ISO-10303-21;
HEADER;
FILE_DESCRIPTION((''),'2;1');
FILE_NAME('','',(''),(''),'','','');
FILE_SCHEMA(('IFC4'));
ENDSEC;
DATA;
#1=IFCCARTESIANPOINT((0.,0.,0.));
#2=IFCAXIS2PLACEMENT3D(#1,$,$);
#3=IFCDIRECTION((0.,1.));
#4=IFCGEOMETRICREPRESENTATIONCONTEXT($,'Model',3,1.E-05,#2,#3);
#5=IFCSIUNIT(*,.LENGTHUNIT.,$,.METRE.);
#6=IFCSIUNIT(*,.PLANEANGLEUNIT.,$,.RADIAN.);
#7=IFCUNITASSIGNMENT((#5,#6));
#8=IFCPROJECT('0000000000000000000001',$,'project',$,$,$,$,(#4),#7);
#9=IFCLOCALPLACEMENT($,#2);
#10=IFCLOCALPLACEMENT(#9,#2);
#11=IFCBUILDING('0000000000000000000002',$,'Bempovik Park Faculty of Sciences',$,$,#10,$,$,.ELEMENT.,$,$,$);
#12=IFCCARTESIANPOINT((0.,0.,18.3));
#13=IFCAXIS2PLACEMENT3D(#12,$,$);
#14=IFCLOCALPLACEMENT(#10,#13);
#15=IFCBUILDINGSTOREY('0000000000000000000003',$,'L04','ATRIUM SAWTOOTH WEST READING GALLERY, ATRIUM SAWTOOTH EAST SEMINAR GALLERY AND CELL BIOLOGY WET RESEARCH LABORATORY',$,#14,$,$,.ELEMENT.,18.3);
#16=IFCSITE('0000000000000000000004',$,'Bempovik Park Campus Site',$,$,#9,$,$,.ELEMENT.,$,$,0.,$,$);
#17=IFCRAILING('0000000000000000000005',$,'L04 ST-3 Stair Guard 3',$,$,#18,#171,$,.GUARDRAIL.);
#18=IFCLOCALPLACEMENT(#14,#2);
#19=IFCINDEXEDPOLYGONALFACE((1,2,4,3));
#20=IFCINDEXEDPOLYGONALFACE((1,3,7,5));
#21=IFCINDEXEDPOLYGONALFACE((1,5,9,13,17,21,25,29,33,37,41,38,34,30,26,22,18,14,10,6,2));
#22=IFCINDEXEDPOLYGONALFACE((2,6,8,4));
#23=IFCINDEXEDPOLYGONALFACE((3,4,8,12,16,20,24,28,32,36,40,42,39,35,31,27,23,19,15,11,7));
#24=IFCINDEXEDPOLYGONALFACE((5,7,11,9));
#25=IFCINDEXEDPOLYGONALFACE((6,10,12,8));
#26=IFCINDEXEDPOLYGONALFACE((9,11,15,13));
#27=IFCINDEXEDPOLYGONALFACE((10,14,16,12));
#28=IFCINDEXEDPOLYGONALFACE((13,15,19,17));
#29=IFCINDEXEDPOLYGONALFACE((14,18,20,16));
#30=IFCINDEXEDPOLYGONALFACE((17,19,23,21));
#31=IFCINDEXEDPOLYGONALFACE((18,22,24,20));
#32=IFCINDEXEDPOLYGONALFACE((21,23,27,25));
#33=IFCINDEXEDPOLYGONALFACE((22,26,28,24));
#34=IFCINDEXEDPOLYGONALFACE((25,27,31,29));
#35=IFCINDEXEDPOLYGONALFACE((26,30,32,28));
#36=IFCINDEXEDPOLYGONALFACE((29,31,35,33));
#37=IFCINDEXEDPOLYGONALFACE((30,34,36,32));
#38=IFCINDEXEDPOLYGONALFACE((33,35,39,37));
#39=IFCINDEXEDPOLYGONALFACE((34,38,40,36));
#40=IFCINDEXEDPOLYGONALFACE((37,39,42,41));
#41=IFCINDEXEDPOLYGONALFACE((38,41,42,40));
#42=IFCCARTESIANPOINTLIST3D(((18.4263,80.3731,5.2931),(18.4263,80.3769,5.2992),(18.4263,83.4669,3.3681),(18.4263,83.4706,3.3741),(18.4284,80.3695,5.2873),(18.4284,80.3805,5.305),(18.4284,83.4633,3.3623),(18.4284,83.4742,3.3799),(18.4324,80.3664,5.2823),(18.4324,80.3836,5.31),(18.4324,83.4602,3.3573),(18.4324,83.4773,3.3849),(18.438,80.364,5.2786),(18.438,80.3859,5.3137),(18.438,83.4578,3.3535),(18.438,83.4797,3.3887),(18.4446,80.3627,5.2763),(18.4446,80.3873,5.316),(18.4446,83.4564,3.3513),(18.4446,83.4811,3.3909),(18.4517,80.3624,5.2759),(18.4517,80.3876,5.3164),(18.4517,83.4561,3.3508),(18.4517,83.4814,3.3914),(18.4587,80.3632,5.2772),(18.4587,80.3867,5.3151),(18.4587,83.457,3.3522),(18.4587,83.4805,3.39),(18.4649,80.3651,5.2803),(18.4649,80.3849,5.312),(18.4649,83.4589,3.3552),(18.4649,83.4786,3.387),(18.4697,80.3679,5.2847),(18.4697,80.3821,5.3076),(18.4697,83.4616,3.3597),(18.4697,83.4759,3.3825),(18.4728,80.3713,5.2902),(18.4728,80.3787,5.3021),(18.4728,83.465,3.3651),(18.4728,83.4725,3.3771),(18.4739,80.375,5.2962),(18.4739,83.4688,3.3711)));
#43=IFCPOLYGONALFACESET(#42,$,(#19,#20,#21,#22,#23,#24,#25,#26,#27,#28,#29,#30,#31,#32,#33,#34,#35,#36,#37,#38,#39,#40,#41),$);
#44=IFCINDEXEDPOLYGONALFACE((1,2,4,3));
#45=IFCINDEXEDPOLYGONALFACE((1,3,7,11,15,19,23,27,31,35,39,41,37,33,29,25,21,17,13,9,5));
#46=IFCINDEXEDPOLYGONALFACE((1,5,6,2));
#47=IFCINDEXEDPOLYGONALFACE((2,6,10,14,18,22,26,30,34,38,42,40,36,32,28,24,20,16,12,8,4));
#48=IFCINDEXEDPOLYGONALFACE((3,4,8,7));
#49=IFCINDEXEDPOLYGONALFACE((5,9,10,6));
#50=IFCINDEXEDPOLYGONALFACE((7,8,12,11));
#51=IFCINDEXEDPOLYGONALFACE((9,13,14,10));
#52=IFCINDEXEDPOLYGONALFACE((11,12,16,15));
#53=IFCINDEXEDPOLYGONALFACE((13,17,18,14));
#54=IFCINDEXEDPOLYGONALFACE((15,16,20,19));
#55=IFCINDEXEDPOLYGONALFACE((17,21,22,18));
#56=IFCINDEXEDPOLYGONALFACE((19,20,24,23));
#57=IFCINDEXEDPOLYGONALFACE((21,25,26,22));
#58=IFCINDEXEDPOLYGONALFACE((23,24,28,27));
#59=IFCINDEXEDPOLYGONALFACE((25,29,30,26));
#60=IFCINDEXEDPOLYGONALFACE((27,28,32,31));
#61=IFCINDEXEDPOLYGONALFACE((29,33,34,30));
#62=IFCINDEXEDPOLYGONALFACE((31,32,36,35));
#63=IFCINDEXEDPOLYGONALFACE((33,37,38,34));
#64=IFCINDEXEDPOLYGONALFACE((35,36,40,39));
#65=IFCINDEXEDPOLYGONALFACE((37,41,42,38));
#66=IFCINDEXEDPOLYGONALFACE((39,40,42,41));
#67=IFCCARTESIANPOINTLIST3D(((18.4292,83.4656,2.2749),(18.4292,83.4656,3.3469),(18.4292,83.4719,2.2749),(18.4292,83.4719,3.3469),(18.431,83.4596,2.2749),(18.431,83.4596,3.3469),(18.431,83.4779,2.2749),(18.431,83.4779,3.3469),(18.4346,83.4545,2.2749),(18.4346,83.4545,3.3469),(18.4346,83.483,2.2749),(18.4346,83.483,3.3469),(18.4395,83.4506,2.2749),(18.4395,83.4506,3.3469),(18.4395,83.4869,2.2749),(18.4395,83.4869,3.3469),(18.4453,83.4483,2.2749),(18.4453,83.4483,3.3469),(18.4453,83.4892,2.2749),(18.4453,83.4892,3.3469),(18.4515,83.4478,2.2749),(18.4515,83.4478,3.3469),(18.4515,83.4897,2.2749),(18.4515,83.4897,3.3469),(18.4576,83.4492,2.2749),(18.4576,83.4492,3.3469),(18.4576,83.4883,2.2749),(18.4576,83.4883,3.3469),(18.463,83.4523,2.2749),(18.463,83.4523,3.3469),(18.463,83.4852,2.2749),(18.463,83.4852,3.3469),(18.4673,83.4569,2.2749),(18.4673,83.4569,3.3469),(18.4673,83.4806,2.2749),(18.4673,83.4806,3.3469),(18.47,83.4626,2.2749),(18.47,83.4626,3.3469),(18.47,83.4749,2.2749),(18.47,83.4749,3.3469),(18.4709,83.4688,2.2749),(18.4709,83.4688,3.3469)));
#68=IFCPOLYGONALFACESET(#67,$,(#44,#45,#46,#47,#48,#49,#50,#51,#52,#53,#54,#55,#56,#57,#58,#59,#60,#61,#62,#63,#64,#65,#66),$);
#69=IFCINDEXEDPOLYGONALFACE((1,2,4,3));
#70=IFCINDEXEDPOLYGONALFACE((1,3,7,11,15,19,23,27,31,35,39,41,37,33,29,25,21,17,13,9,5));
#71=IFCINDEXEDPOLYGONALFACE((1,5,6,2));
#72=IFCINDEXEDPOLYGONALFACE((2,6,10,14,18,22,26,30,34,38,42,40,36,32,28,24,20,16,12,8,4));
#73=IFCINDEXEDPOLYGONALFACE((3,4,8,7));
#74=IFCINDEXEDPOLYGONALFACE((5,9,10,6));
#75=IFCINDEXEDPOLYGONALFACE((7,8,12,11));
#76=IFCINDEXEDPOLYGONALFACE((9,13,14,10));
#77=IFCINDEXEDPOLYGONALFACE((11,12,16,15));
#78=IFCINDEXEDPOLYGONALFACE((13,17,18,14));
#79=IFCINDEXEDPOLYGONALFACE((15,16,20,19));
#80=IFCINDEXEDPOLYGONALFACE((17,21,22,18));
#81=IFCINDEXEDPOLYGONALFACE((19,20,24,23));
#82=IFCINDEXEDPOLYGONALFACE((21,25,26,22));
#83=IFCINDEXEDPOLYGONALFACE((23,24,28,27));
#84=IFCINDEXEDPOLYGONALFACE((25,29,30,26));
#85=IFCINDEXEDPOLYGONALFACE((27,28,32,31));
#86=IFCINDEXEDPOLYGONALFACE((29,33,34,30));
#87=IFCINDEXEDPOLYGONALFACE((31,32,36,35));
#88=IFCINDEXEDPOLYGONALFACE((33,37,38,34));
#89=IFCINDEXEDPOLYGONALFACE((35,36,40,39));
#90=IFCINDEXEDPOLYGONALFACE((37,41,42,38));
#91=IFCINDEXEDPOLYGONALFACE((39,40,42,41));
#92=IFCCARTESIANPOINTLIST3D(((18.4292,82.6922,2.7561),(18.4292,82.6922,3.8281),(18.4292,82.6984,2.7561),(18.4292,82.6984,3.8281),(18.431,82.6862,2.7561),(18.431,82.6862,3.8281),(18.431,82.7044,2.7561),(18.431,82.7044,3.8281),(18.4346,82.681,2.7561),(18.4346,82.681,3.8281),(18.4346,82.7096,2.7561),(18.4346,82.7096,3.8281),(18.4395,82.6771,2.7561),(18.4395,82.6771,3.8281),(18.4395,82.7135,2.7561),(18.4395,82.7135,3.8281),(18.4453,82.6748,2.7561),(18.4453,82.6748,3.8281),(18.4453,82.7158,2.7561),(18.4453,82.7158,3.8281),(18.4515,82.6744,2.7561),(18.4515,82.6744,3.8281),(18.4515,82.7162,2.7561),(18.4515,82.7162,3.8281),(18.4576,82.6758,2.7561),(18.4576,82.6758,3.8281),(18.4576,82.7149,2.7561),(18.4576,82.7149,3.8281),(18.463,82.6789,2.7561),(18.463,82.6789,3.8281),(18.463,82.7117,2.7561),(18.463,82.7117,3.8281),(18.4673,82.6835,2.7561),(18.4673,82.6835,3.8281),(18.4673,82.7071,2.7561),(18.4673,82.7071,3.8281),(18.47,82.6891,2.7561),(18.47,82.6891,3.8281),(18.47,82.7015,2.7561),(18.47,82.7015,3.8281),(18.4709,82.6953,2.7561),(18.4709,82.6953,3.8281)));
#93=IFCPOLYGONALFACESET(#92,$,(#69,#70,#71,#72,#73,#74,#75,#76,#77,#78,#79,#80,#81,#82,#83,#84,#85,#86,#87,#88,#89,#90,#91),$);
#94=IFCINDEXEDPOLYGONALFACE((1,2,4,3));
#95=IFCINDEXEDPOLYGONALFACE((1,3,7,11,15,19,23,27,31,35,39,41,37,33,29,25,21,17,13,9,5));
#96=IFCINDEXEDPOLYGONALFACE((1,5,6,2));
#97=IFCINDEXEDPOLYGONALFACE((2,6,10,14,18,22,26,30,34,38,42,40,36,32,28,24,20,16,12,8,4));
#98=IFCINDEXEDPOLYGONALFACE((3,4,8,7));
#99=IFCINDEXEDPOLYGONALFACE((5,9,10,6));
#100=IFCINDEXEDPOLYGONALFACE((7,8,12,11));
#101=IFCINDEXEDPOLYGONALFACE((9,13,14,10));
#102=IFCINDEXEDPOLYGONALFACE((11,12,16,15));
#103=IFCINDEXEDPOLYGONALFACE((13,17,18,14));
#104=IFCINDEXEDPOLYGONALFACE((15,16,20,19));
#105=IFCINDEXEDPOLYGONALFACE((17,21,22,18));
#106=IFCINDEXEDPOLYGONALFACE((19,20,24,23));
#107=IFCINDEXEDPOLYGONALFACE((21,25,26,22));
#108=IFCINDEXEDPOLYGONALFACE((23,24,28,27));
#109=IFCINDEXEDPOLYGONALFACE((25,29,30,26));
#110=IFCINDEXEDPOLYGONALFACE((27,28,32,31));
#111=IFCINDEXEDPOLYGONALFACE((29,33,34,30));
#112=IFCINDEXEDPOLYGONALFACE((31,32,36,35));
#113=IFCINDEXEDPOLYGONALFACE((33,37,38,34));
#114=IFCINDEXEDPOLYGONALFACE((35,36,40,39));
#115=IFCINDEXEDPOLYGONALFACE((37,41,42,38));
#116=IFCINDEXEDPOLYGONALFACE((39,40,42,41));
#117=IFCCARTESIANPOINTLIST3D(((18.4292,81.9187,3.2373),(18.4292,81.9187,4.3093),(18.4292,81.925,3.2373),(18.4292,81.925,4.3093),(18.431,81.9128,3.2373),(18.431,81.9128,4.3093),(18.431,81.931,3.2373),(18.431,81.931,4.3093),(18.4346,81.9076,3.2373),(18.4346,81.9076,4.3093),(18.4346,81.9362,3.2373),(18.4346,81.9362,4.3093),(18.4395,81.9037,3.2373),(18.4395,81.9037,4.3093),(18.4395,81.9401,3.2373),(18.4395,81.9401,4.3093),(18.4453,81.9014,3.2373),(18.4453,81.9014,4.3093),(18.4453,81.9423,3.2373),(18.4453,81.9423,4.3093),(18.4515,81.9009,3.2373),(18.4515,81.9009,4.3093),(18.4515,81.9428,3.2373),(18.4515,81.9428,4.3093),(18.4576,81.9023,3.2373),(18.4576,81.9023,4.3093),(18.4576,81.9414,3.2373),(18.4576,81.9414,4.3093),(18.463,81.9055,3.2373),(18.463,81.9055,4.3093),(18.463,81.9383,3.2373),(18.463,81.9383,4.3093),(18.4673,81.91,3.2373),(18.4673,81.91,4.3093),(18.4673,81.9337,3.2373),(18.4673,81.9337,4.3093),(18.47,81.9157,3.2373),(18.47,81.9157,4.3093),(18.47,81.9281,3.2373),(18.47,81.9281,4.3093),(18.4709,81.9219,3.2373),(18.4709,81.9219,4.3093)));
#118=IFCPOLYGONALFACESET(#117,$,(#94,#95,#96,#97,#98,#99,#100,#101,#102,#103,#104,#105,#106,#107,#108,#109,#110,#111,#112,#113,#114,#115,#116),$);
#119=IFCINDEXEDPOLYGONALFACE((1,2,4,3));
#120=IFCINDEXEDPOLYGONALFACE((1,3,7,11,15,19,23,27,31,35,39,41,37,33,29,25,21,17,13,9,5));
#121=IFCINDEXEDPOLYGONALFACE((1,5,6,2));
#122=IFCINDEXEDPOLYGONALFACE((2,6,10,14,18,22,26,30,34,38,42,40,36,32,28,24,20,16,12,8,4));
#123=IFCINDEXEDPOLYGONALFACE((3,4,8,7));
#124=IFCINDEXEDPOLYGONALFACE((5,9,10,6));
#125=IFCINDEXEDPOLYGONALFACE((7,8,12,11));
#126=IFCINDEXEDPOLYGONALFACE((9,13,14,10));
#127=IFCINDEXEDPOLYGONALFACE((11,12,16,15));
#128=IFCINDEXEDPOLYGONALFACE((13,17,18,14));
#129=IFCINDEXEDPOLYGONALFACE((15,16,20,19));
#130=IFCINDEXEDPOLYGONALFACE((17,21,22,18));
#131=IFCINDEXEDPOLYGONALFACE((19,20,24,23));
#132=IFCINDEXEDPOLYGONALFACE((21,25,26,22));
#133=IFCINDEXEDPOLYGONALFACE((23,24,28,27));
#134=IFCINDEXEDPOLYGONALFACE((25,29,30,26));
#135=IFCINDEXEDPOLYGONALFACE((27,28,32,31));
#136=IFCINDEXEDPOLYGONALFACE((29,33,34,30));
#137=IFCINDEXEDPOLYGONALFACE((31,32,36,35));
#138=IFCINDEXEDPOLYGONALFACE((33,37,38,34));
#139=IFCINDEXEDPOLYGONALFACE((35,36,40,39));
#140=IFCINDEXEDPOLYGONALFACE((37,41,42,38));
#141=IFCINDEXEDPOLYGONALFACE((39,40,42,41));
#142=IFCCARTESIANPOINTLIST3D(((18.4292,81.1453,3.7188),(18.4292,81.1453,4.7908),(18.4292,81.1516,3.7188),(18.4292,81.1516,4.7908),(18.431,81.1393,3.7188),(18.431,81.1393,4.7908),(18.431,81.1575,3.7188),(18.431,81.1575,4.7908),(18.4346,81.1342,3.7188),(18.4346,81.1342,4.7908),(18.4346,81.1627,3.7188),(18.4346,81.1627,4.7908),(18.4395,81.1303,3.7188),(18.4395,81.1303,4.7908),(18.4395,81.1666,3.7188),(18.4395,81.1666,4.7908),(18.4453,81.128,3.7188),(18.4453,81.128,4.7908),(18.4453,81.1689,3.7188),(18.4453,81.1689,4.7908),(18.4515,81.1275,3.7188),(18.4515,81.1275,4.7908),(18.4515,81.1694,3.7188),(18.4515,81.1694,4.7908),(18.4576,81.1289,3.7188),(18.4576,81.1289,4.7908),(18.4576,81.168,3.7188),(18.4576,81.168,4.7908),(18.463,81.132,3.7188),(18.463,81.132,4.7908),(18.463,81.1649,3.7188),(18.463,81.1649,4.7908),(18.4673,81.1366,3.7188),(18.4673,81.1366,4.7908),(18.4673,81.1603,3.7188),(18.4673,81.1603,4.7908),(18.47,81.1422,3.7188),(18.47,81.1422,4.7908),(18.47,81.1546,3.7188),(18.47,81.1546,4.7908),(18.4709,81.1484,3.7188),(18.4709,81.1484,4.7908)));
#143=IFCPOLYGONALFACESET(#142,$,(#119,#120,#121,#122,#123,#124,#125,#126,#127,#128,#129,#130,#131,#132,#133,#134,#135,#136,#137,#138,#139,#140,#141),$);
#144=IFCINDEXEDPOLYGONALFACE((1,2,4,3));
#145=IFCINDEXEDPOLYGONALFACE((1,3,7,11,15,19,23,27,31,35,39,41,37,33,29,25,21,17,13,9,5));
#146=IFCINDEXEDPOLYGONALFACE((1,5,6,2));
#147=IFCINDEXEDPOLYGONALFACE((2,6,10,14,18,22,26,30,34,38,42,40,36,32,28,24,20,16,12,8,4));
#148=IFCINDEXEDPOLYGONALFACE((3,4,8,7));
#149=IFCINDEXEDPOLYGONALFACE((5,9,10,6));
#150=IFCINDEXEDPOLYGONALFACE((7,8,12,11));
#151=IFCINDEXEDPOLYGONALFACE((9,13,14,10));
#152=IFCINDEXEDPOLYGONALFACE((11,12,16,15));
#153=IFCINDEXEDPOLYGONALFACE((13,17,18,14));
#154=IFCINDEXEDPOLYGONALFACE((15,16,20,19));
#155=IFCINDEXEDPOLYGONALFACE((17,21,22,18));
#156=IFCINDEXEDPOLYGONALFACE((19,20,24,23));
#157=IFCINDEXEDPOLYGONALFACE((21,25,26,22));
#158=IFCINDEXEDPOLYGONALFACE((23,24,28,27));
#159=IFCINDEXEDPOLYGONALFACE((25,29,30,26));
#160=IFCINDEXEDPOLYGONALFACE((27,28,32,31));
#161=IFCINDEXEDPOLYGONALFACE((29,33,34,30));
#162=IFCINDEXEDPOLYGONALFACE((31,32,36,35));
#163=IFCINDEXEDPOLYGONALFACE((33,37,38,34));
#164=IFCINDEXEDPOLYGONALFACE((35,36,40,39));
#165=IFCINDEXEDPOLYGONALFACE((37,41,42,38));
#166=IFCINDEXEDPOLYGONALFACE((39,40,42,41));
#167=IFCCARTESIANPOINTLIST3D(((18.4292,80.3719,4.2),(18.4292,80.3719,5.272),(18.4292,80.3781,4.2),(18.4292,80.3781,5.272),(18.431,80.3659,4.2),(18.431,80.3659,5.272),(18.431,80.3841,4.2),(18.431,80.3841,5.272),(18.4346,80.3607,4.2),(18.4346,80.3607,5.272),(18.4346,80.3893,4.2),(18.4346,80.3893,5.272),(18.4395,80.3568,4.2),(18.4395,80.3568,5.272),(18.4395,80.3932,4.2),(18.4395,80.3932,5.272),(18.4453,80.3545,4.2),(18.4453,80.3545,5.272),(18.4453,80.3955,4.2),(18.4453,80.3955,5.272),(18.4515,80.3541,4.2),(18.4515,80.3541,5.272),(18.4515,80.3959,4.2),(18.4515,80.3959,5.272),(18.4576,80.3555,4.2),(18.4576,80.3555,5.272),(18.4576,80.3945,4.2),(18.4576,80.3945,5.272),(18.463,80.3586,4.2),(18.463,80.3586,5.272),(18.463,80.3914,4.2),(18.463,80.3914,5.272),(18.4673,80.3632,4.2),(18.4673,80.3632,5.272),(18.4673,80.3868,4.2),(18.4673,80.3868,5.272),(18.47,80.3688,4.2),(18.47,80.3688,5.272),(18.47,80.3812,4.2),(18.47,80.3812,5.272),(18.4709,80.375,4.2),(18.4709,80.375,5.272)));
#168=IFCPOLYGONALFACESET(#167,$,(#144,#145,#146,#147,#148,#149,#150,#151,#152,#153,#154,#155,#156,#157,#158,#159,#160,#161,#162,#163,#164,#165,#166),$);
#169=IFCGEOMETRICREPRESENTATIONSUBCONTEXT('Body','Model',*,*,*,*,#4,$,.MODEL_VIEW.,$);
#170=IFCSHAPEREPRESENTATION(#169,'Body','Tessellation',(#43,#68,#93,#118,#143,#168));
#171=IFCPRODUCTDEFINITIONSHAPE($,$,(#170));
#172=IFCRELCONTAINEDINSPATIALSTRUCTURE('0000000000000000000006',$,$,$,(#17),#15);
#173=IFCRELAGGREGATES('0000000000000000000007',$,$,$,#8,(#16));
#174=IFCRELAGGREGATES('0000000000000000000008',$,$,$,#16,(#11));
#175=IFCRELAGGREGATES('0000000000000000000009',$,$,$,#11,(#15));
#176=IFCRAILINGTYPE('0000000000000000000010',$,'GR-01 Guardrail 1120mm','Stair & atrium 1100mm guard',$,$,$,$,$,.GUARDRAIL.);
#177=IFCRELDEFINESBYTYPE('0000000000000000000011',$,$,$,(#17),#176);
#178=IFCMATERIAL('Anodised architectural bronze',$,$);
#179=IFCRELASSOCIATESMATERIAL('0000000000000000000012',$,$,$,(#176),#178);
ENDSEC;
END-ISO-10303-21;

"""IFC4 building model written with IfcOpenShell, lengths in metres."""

from ifc_helpers import new_model, si_unit, direction, frame, origin, origin_2d, place, context, subcontext, project, spatial, circle, extrude, material, type_object, element, save


model = new_model("IFC4")

# Units and contexts
model_context = context("Model", 3, precision=1e-05, world=origin(), true_north=direction((0.0, 1.0)))
body_context = subcontext(model_context, "Body", "Model", "MODEL_VIEW")
ifc_project = project(units=[si_unit("LENGTHUNIT", "METRE"), si_unit("PLANEANGLEUNIT", "RADIAN")], contexts=[model_context])

# Site, building, storey
site_placement = place(None, origin())
site = spatial("IfcSite", under=ifc_project, at=site_placement, Name="Bempovik Park Campus Site", CompositionType="ELEMENT", RefElevation=0.0)
building_placement = place(site_placement, origin())
building = spatial("IfcBuilding", under=site, at=building_placement, Name="Bempovik Park Faculty of Sciences", CompositionType="ELEMENT")
storey_placement = place(building_placement, frame((0.0, 0.0, 18.3)))
storey = spatial("IfcBuildingStorey", under=building, at=storey_placement, Name="L04", Description="ATRIUM SAWTOOTH WEST READING GALLERY, ATRIUM SAWTOOTH EAST SEMINAR GALLERY AND CELL BIOLOGY WET RESEARCH LABORATORY", CompositionType="ELEMENT", Elevation=18.3)

# Railing
ifc_material_1 = material(Name="Anodised architectural bronze")
railing_type_1 = type_object("IfcRailingType", Name="GR-01 Guardrail 1120mm", Description="Stair & atrium 1100mm guard", PredefinedType="GUARDRAIL", material=ifc_material_1)
railing_1_placement = place(storey_placement, frame((18.45, 83.4688, 2.2749)))
element("IfcRailing", 1, at=railing_1_placement, inside=storey, type_object=railing_type_1, Name="L04 ST-3 Stair Guard 3", PredefinedType="GUARDRAIL", context=body_context, shape_type="SweptSolid", body=[
    extrude(circle(Radius=0.0239, at=origin_2d()), frame((0.0, 0.0, 1.0962), z_axis=(0.0, -0.849051, 0.528312), x_axis=(1.0, 0.0, 0.0)), (0.0, 0.0, 1.0), 3.6438),
    extrude(circle(Radius=0.021, at=origin_2d()), origin(), (0.0, 0.0, 1.0), 1.072),
    extrude(circle(Radius=0.021, at=origin_2d()), frame((0.0, -0.7734, 0.4812)), (0.0, 0.0, 1.0), 1.072),
    extrude(circle(Radius=0.021, at=origin_2d()), frame((0.0, -1.5469, 0.9624)), (0.0, 0.0, 1.0), 1.072),
    extrude(circle(Radius=0.021, at=origin_2d()), frame((0.0, -2.3203, 1.4438)), (0.0, 0.0, 1.0), 1.072),
    extrude(circle(Radius=0.021, at=origin_2d()), frame((0.0, -3.0938, 1.925)), (0.0, 0.0, 1.0), 1.072),
])

save(model, "model.ifc")
